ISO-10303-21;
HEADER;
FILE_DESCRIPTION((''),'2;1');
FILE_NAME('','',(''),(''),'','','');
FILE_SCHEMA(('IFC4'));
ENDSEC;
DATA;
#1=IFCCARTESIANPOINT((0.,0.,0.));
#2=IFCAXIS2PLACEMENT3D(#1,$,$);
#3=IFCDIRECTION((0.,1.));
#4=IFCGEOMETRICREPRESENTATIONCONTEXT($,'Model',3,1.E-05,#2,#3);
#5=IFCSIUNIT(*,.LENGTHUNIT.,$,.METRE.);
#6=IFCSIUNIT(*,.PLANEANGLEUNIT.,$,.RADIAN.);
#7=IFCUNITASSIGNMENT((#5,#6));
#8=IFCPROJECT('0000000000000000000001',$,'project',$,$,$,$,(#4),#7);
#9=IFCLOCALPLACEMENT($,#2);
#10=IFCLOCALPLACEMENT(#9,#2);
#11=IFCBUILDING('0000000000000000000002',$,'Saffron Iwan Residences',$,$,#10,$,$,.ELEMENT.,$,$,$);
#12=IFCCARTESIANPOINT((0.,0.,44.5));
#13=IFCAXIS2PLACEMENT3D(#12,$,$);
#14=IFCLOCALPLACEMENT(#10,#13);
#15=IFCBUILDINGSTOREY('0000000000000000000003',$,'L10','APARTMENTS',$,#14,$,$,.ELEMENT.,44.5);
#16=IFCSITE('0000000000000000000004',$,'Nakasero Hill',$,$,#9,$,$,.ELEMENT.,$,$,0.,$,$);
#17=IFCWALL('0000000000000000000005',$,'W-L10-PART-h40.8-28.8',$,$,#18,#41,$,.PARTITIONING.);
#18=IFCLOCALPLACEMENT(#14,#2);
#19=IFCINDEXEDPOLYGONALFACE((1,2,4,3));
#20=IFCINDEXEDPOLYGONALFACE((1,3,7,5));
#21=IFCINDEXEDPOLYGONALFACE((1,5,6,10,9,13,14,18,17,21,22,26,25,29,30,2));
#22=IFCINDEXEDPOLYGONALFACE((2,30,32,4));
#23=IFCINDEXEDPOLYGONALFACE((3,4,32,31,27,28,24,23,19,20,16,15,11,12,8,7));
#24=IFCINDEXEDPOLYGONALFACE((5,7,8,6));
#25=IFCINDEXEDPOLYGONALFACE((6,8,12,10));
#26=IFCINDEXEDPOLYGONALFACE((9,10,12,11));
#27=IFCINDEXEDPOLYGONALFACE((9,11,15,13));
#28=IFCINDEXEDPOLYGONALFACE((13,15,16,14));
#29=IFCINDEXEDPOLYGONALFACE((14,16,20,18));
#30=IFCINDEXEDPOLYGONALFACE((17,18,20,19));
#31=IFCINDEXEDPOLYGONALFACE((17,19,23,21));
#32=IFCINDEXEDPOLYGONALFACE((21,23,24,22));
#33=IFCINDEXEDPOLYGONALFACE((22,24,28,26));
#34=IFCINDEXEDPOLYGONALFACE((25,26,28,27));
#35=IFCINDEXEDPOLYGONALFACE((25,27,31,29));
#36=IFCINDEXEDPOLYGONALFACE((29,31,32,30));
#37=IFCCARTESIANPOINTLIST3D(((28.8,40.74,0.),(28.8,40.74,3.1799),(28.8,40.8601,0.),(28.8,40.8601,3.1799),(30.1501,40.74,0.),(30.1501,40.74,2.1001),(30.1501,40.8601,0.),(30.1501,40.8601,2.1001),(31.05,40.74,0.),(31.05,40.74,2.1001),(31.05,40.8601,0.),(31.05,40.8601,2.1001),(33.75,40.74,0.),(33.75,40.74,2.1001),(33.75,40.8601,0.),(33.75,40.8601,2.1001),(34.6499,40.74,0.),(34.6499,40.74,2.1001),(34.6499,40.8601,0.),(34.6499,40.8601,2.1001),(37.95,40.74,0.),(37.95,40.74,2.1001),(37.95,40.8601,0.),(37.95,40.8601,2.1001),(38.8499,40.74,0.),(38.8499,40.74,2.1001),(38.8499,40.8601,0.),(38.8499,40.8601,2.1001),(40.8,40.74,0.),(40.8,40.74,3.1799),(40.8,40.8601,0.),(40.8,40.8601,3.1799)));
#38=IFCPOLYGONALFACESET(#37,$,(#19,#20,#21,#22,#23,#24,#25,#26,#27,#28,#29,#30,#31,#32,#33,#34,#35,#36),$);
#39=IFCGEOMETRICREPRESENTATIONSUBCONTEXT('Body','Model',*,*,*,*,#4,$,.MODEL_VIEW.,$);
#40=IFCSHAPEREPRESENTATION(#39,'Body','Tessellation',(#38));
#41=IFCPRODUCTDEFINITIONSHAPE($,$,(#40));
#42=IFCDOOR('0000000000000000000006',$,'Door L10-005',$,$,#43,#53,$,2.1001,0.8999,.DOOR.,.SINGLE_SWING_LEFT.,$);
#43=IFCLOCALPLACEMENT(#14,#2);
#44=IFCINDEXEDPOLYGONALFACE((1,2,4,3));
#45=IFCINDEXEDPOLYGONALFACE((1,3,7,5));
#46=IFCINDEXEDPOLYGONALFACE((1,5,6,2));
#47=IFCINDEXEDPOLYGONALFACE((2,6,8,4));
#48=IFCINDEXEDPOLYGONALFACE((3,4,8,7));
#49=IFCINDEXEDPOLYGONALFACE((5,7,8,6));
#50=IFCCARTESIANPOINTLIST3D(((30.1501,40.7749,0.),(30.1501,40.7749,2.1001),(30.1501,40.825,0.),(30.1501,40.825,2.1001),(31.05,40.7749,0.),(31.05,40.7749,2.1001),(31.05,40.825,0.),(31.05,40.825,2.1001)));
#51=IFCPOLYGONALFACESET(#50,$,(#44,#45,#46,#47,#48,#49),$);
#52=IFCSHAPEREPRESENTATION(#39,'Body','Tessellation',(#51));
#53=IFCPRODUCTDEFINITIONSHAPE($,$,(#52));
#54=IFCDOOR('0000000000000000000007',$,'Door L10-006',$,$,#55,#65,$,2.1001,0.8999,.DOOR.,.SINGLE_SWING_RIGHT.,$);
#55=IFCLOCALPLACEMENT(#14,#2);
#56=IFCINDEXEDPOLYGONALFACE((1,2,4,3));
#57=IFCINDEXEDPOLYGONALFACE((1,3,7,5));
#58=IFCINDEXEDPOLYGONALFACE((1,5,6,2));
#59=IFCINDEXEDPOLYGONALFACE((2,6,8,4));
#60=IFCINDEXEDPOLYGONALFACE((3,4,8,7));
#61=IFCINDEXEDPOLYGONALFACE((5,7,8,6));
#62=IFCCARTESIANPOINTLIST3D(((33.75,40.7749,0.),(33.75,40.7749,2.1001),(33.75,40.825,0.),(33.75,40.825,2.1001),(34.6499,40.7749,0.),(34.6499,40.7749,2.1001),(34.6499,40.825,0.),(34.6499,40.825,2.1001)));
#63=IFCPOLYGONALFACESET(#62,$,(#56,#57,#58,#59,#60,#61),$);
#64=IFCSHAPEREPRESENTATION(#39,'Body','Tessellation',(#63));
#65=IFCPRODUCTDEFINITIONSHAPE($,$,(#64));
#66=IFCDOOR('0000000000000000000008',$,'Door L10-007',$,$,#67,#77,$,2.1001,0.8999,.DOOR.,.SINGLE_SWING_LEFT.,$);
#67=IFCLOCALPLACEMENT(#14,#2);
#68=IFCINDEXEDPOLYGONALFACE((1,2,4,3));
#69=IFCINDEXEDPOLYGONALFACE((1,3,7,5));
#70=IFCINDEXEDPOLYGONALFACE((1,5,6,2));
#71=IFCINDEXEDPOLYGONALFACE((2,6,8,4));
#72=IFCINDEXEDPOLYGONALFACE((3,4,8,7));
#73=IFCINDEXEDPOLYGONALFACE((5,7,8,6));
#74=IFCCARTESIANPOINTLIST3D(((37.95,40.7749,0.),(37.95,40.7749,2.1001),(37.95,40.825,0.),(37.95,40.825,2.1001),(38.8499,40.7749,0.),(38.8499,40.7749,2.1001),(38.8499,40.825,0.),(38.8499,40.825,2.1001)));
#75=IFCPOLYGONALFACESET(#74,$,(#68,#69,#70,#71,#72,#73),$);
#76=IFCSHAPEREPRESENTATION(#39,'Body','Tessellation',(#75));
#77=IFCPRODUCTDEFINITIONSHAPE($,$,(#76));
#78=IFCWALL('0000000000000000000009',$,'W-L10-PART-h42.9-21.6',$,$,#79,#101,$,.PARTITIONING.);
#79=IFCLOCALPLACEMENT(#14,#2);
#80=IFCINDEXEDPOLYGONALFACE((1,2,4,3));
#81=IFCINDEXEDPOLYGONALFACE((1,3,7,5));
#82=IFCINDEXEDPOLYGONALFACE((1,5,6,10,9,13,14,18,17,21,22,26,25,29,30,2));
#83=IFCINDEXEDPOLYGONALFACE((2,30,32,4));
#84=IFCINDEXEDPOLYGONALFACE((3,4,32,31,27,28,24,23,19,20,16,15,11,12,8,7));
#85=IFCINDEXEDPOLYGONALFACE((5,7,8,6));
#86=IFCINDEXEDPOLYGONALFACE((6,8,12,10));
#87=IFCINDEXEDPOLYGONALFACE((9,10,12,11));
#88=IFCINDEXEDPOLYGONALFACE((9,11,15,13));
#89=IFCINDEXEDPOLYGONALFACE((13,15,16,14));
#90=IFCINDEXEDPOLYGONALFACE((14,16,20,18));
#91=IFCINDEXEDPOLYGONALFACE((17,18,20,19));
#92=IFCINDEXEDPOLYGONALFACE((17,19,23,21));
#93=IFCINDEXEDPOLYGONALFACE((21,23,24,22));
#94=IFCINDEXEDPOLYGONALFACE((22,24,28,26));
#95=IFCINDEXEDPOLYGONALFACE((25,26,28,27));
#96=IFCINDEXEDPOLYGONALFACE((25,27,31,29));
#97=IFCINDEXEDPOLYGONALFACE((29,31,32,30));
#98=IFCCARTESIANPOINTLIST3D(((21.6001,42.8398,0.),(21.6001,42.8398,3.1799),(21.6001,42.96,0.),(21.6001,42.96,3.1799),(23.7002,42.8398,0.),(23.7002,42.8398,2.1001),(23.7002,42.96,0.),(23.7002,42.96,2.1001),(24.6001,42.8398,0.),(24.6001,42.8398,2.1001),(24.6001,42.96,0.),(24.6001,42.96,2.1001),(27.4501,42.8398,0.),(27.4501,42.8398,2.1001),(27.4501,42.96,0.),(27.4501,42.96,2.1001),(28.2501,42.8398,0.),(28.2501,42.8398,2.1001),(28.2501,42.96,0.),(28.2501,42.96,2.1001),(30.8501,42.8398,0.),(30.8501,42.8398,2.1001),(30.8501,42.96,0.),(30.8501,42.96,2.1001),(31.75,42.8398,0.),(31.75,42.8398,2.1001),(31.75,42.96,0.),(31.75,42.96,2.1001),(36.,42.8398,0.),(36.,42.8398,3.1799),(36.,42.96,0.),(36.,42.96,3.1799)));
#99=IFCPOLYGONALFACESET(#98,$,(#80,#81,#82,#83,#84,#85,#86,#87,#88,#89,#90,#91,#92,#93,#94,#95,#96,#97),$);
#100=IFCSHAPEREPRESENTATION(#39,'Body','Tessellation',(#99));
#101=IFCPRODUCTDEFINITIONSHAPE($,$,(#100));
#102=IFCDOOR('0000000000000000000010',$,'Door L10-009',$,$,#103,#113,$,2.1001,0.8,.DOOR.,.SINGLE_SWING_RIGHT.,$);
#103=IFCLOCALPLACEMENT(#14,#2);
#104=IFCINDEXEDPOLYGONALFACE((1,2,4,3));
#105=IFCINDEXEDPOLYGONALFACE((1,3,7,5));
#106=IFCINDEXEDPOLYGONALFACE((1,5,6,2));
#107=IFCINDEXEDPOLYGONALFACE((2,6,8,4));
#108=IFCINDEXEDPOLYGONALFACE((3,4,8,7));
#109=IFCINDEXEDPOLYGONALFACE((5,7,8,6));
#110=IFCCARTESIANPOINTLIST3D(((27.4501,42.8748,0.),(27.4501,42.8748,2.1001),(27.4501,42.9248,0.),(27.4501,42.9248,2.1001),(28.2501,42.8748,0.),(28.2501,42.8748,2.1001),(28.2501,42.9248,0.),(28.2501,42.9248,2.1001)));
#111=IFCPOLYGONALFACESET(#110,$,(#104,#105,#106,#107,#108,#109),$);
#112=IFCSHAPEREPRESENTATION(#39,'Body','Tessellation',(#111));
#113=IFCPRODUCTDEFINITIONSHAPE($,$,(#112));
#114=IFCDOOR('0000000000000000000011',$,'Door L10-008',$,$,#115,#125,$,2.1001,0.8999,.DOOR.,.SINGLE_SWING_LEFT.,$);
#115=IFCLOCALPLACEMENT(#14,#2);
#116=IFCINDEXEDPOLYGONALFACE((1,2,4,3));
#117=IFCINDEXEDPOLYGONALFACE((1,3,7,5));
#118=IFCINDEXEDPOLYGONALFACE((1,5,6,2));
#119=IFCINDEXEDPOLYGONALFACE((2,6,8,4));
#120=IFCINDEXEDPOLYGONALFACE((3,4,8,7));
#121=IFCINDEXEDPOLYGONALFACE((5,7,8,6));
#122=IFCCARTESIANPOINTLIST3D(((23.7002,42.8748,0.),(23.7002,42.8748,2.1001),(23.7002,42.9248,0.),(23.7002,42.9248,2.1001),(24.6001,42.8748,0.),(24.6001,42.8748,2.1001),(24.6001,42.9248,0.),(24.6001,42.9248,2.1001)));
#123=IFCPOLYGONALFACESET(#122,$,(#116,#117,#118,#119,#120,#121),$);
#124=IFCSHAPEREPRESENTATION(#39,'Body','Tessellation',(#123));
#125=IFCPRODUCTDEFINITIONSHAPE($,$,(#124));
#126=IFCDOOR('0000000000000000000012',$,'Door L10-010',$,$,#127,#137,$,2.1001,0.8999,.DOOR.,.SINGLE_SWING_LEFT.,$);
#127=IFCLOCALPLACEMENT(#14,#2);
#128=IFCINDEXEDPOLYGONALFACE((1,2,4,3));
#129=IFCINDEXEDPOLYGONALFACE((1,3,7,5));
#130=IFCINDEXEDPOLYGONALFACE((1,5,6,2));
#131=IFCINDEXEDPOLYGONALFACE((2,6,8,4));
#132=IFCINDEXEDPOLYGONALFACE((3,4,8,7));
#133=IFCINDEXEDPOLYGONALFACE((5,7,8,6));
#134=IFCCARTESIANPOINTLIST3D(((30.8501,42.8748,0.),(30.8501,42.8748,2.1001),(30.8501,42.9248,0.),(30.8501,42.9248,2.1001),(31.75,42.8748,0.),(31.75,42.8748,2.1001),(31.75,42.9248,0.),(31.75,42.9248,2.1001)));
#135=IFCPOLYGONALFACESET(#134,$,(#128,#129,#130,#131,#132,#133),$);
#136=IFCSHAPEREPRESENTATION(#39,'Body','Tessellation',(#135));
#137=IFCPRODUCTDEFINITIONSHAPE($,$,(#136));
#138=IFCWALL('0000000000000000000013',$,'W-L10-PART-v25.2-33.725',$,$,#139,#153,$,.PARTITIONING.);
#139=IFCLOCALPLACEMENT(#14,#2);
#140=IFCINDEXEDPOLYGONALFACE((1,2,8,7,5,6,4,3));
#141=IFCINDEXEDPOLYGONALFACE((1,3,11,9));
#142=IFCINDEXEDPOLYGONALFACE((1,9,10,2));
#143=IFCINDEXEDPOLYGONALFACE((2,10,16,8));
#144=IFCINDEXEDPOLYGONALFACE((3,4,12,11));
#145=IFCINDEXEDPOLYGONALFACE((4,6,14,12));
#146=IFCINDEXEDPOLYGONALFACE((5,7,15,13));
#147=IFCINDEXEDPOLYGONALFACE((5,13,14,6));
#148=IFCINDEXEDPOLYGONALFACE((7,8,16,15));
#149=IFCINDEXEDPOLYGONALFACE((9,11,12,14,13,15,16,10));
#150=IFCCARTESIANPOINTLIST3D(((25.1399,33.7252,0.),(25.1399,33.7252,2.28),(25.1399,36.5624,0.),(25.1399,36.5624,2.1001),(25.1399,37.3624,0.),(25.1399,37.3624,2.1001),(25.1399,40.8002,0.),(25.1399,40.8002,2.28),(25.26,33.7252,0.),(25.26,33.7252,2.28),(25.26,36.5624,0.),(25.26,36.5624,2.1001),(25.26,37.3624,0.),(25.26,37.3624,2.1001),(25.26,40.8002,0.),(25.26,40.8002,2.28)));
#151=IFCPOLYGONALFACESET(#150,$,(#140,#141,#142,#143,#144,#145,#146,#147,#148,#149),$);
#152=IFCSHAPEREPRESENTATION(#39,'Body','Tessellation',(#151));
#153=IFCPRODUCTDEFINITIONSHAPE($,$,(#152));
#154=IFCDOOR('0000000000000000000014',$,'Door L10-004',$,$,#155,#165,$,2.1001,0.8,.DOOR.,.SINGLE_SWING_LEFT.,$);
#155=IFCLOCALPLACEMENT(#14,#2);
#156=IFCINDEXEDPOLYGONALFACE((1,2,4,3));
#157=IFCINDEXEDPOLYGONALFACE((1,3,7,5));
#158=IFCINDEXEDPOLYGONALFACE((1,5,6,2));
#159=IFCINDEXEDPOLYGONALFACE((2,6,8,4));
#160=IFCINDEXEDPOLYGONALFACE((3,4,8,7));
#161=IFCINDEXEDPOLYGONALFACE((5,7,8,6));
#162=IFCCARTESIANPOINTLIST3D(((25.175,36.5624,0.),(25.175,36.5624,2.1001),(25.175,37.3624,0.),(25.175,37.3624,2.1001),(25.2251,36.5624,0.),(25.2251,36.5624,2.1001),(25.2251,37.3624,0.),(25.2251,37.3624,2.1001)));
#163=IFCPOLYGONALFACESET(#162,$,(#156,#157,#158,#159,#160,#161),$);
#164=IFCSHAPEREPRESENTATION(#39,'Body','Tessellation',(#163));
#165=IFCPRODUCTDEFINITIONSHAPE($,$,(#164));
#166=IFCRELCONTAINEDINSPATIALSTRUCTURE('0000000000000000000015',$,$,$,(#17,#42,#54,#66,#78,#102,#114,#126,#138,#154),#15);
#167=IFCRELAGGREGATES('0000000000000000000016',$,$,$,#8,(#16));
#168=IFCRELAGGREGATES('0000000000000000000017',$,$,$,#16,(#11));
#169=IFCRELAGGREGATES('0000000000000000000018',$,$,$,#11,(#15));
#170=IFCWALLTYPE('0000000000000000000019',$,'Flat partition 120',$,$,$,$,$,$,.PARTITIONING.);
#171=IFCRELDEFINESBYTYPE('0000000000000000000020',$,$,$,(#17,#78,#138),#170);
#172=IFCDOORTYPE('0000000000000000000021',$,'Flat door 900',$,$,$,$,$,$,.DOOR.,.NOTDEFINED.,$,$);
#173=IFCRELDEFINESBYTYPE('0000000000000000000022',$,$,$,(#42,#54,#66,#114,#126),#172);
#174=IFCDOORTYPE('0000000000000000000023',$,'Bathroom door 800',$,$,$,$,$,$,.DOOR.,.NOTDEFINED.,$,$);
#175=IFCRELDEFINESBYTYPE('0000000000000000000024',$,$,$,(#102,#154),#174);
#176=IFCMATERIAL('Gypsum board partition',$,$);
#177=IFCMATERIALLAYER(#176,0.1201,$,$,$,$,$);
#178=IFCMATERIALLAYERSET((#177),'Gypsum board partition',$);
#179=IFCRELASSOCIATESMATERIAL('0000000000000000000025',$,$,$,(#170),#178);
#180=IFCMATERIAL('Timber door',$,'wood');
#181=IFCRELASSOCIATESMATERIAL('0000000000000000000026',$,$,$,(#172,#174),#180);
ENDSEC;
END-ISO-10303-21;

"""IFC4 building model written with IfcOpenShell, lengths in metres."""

from ifc_helpers import new_model, si_unit, direction, frame, frame_2d, origin, place, context, subcontext, project, spatial, rectangle, extrude, material, layer, layer_set, type_object, element, fill, save


model = new_model("IFC4")

# Units and contexts
model_context = context("Model", 3, precision=1e-05, world=origin(), true_north=direction((0.0, 1.0)))
body_context = subcontext(model_context, "Body", "Model", "MODEL_VIEW")
ifc_project = project(units=[si_unit("LENGTHUNIT", "METRE"), si_unit("PLANEANGLEUNIT", "RADIAN")], contexts=[model_context])

# Site, building, storey
site_placement = place(None, origin())
site = spatial("IfcSite", under=ifc_project, at=site_placement, Name="Nakasero Hill", CompositionType="ELEMENT", RefElevation=0.0)
building_placement = place(site_placement, origin())
building = spatial("IfcBuilding", under=site, at=building_placement, Name="Saffron Iwan Residences", CompositionType="ELEMENT")
storey_placement = place(building_placement, frame((0.0, 0.0, 44.5)))
storey = spatial("IfcBuildingStorey", under=building, at=storey_placement, Name="L10", Description="APARTMENTS", CompositionType="ELEMENT", Elevation=44.5)

# Shared definitions
ifc_material_1 = material(Name="Gypsum board partition")
ifc_layer_1 = layer(ifc_material_1, 0.1201)
ifc_layer_set_1 = layer_set([ifc_layer_1], Name="Gypsum board partition")
wall_type_1 = type_object("IfcWallType", Name="Flat partition 120", PredefinedType="PARTITIONING", material=ifc_layer_set_1)

# Shared definitions
ifc_material_2 = material(Name="Timber door", Category="wood")
door_type_1 = type_object("IfcDoorType", Name="Flat door 900", OperationType="NOTDEFINED", PredefinedType="DOOR", material=ifc_material_2)

# Walls, openings, doors
wall_1_placement = place(storey_placement, frame((28.8, 40.8, 0.0), z_axis=(0.0, 0.0, 1.0), x_axis=(1.0, 0.0, 0.0)))
wall_1 = element("IfcWall", 1, at=wall_1_placement, inside=storey, type_object=wall_type_1, Name="W-L10-PART-h40.8-28.8", PredefinedType="PARTITIONING", context=body_context, shape_type="SweptSolid", body=[
    extrude(rectangle(XDim=12.0, YDim=0.1201, at=frame_2d((6.0, 0.0))), origin(), (0.0, 0.0, 1.0), 3.1799),
])
opening_1_placement = place(wall_1_placement, frame((1.3501, 0.0, 0.0)))
opening_1 = element("IfcOpeningElement", 2, at=opening_1_placement, cuts=wall_1, PredefinedType="OPENING", context=body_context, shape_type="SweptSolid", body=[
    extrude(rectangle(XDim=0.8999, YDim=2.1001, at=frame_2d((0.45, 1.05))), frame((0.0, 0.0701, 0.0), z_axis=(0.0, -1.0, 0.0), x_axis=(1.0, 0.0, 0.0)), (0.0, 0.0, 1.0), 0.1401),
])
opening_2_placement = place(wall_1_placement, frame((4.95, 0.0, 0.0)))
opening_2 = element("IfcOpeningElement", 3, at=opening_2_placement, cuts=wall_1, PredefinedType="OPENING", context=body_context, shape_type="SweptSolid", body=[
    extrude(rectangle(XDim=0.8999, YDim=2.1001, at=frame_2d((0.45, 1.05))), frame((0.0, 0.0701, 0.0), z_axis=(0.0, -1.0, 0.0), x_axis=(1.0, 0.0, 0.0)), (0.0, 0.0, 1.0), 0.1401),
])
opening_3_placement = place(wall_1_placement, frame((9.1499, 0.0, 0.0)))
opening_3 = element("IfcOpeningElement", 4, at=opening_3_placement, cuts=wall_1, PredefinedType="OPENING", context=body_context, shape_type="SweptSolid", body=[
    extrude(rectangle(XDim=0.8999, YDim=2.1001, at=frame_2d((0.45, 1.05))), frame((0.0, 0.0701, 0.0), z_axis=(0.0, -1.0, 0.0), x_axis=(1.0, 0.0, 0.0)), (0.0, 0.0, 1.0), 0.1401),
])
door_1_placement = place(opening_1_placement, origin())
door_1 = element("IfcDoor", 5, at=door_1_placement, inside=storey, type_object=door_type_1, Name="Door L10-005", OperationType="SINGLE_SWING_LEFT", OverallHeight=2.1001, OverallWidth=0.8999, PredefinedType="DOOR", context=body_context, shape_type="SweptSolid", body=[
    extrude(rectangle(XDim=0.8999, YDim=2.1001, at=frame_2d((0.45, 1.05))), frame((0.0, 0.0249, 0.0), z_axis=(0.0, -1.0, 0.0), x_axis=(1.0, 0.0, 0.0)), (0.0, 0.0, 1.0), 0.05),
])
fill(opening_1, door_1)
door_2_placement = place(opening_2_placement, origin())
door_2 = element("IfcDoor", 6, at=door_2_placement, inside=storey, type_object=door_type_1, Name="Door L10-006", OperationType="SINGLE_SWING_RIGHT", OverallHeight=2.1001, OverallWidth=0.8999, PredefinedType="DOOR", context=body_context, shape_type="SweptSolid", body=[
    extrude(rectangle(XDim=0.8999, YDim=2.1001, at=frame_2d((0.45, 1.05))), frame((0.0, 0.0249, 0.0), z_axis=(0.0, -1.0, 0.0), x_axis=(1.0, 0.0, 0.0)), (0.0, 0.0, 1.0), 0.05),
])
fill(opening_2, door_2)
door_3_placement = place(opening_3_placement, origin())
door_3 = element("IfcDoor", 7, at=door_3_placement, inside=storey, type_object=door_type_1, Name="Door L10-007", OperationType="SINGLE_SWING_LEFT", OverallHeight=2.1001, OverallWidth=0.8999, PredefinedType="DOOR", context=body_context, shape_type="SweptSolid", body=[
    extrude(rectangle(XDim=0.8999, YDim=2.1001, at=frame_2d((0.45, 1.05))), frame((0.0, 0.0249, 0.0), z_axis=(0.0, -1.0, 0.0), x_axis=(1.0, 0.0, 0.0)), (0.0, 0.0, 1.0), 0.05),
])
fill(opening_3, door_3)
wall_2_placement = place(storey_placement, frame((21.6001, 42.8999, 0.0), z_axis=(0.0, 0.0, 1.0), x_axis=(1.0, 0.0, 0.0)))
wall_2 = element("IfcWall", 8, at=wall_2_placement, inside=storey, type_object=wall_type_1, Name="W-L10-PART-h42.9-21.6", PredefinedType="PARTITIONING", context=body_context, shape_type="SweptSolid", body=[
    extrude(rectangle(XDim=14.3999, YDim=0.1201, at=frame_2d((7.2, 0.0))), origin(), (0.0, 0.0, 1.0), 3.1799),
])
opening_4_placement = place(wall_2_placement, frame((2.1001, 0.0, 0.0)))
opening_4 = element("IfcOpeningElement", 9, at=opening_4_placement, cuts=wall_2, PredefinedType="OPENING", context=body_context, shape_type="SweptSolid", body=[
    extrude(rectangle(XDim=0.8999, YDim=2.1001, at=frame_2d((0.45, 1.05))), frame((0.0, 0.0701, 0.0), z_axis=(0.0, -1.0, 0.0), x_axis=(1.0, 0.0, 0.0)), (0.0, 0.0, 1.0), 0.1401),
])
opening_5_placement = place(wall_2_placement, frame((5.8501, 0.0, 0.0)))
opening_5 = element("IfcOpeningElement", 10, at=opening_5_placement, cuts=wall_2, PredefinedType="OPENING", context=body_context, shape_type="SweptSolid", body=[
    extrude(rectangle(XDim=0.8, YDim=2.1001, at=frame_2d((0.3999, 1.05))), frame((0.0, 0.0701, 0.0), z_axis=(0.0, -1.0, 0.0), x_axis=(1.0, 0.0, 0.0)), (0.0, 0.0, 1.0), 0.1401),
])
opening_6_placement = place(wall_2_placement, frame((9.25, 0.0, 0.0)))
opening_6 = element("IfcOpeningElement", 11, at=opening_6_placement, cuts=wall_2, PredefinedType="OPENING", context=body_context, shape_type="SweptSolid", body=[
    extrude(rectangle(XDim=0.8999, YDim=2.1001, at=frame_2d((0.45, 1.05))), frame((0.0, 0.0701, 0.0), z_axis=(0.0, -1.0, 0.0), x_axis=(1.0, 0.0, 0.0)), (0.0, 0.0, 1.0), 0.1401),
])
door_type_2 = type_object("IfcDoorType", Name="Bathroom door 800", OperationType="NOTDEFINED", PredefinedType="DOOR", material=ifc_material_2)
door_4_placement = place(opening_5_placement, origin())
door_4 = element("IfcDoor", 12, at=door_4_placement, inside=storey, type_object=door_type_2, Name="Door L10-009", OperationType="SINGLE_SWING_RIGHT", OverallHeight=2.1001, OverallWidth=0.8, PredefinedType="DOOR", context=body_context, shape_type="SweptSolid", body=[
    extrude(rectangle(XDim=0.8, YDim=2.1001, at=frame_2d((0.3999, 1.05))), frame((0.0, 0.0249, 0.0), z_axis=(0.0, -1.0, 0.0), x_axis=(1.0, 0.0, 0.0)), (0.0, 0.0, 1.0), 0.05),
])
fill(opening_5, door_4)
door_5_placement = place(opening_4_placement, origin())
door_5 = element("IfcDoor", 13, at=door_5_placement, inside=storey, type_object=door_type_1, Name="Door L10-008", OperationType="SINGLE_SWING_LEFT", OverallHeight=2.1001, OverallWidth=0.8999, PredefinedType="DOOR", context=body_context, shape_type="SweptSolid", body=[
    extrude(rectangle(XDim=0.8999, YDim=2.1001, at=frame_2d((0.45, 1.05))), frame((0.0, 0.0249, 0.0), z_axis=(0.0, -1.0, 0.0), x_axis=(1.0, 0.0, 0.0)), (0.0, 0.0, 1.0), 0.05),
])
fill(opening_4, door_5)
door_6_placement = place(opening_6_placement, origin())
door_6 = element("IfcDoor", 14, at=door_6_placement, inside=storey, type_object=door_type_1, Name="Door L10-010", OperationType="SINGLE_SWING_LEFT", OverallHeight=2.1001, OverallWidth=0.8999, PredefinedType="DOOR", context=body_context, shape_type="SweptSolid", body=[
    extrude(rectangle(XDim=0.8999, YDim=2.1001, at=frame_2d((0.45, 1.05))), frame((0.0, 0.0249, 0.0), z_axis=(0.0, -1.0, 0.0), x_axis=(1.0, 0.0, 0.0)), (0.0, 0.0, 1.0), 0.05),
])
fill(opening_6, door_6)

# Wall, opening, door
wall_3_placement = place(storey_placement, frame((25.2, 33.7251, 0.0), z_axis=(0.0, 0.0, 1.0), x_axis=(0.0, 1.0, 0.0)))
wall_3 = element("IfcWall", 15, at=wall_3_placement, inside=storey, type_object=wall_type_1, Name="W-L10-PART-v25.2-33.725", PredefinedType="PARTITIONING", context=body_context, shape_type="SweptSolid", body=[
    extrude(rectangle(XDim=7.075, YDim=0.1201, at=frame_2d((3.5376, 0.0))), origin(), (0.0, 0.0, 1.0), 2.28),
])
opening_7_placement = place(wall_3_placement, frame((2.8374, 0.0, 0.0)))
opening_7 = element("IfcOpeningElement", 16, at=opening_7_placement, cuts=wall_3, PredefinedType="OPENING", context=body_context, shape_type="SweptSolid", body=[
    extrude(rectangle(XDim=0.8, YDim=2.1001, at=frame_2d((0.3999, 1.05))), frame((0.0, 0.0701, 0.0), z_axis=(0.0, -1.0, 0.0), x_axis=(1.0, 0.0, 0.0)), (0.0, 0.0, 1.0), 0.1401),
])
door_7_placement = place(opening_7_placement, origin())
door_7 = element("IfcDoor", 17, at=door_7_placement, inside=storey, type_object=door_type_2, Name="Door L10-004", OperationType="SINGLE_SWING_LEFT", OverallHeight=2.1001, OverallWidth=0.8, PredefinedType="DOOR", context=body_context, shape_type="SweptSolid", body=[
    extrude(rectangle(XDim=0.8, YDim=2.1001, at=frame_2d((0.3999, 1.05))), frame((0.0, 0.0249, 0.0), z_axis=(0.0, -1.0, 0.0), x_axis=(1.0, 0.0, 0.0)), (0.0, 0.0, 1.0), 0.05),
])
fill(opening_7, door_7)

save(model, "model.ifc")
